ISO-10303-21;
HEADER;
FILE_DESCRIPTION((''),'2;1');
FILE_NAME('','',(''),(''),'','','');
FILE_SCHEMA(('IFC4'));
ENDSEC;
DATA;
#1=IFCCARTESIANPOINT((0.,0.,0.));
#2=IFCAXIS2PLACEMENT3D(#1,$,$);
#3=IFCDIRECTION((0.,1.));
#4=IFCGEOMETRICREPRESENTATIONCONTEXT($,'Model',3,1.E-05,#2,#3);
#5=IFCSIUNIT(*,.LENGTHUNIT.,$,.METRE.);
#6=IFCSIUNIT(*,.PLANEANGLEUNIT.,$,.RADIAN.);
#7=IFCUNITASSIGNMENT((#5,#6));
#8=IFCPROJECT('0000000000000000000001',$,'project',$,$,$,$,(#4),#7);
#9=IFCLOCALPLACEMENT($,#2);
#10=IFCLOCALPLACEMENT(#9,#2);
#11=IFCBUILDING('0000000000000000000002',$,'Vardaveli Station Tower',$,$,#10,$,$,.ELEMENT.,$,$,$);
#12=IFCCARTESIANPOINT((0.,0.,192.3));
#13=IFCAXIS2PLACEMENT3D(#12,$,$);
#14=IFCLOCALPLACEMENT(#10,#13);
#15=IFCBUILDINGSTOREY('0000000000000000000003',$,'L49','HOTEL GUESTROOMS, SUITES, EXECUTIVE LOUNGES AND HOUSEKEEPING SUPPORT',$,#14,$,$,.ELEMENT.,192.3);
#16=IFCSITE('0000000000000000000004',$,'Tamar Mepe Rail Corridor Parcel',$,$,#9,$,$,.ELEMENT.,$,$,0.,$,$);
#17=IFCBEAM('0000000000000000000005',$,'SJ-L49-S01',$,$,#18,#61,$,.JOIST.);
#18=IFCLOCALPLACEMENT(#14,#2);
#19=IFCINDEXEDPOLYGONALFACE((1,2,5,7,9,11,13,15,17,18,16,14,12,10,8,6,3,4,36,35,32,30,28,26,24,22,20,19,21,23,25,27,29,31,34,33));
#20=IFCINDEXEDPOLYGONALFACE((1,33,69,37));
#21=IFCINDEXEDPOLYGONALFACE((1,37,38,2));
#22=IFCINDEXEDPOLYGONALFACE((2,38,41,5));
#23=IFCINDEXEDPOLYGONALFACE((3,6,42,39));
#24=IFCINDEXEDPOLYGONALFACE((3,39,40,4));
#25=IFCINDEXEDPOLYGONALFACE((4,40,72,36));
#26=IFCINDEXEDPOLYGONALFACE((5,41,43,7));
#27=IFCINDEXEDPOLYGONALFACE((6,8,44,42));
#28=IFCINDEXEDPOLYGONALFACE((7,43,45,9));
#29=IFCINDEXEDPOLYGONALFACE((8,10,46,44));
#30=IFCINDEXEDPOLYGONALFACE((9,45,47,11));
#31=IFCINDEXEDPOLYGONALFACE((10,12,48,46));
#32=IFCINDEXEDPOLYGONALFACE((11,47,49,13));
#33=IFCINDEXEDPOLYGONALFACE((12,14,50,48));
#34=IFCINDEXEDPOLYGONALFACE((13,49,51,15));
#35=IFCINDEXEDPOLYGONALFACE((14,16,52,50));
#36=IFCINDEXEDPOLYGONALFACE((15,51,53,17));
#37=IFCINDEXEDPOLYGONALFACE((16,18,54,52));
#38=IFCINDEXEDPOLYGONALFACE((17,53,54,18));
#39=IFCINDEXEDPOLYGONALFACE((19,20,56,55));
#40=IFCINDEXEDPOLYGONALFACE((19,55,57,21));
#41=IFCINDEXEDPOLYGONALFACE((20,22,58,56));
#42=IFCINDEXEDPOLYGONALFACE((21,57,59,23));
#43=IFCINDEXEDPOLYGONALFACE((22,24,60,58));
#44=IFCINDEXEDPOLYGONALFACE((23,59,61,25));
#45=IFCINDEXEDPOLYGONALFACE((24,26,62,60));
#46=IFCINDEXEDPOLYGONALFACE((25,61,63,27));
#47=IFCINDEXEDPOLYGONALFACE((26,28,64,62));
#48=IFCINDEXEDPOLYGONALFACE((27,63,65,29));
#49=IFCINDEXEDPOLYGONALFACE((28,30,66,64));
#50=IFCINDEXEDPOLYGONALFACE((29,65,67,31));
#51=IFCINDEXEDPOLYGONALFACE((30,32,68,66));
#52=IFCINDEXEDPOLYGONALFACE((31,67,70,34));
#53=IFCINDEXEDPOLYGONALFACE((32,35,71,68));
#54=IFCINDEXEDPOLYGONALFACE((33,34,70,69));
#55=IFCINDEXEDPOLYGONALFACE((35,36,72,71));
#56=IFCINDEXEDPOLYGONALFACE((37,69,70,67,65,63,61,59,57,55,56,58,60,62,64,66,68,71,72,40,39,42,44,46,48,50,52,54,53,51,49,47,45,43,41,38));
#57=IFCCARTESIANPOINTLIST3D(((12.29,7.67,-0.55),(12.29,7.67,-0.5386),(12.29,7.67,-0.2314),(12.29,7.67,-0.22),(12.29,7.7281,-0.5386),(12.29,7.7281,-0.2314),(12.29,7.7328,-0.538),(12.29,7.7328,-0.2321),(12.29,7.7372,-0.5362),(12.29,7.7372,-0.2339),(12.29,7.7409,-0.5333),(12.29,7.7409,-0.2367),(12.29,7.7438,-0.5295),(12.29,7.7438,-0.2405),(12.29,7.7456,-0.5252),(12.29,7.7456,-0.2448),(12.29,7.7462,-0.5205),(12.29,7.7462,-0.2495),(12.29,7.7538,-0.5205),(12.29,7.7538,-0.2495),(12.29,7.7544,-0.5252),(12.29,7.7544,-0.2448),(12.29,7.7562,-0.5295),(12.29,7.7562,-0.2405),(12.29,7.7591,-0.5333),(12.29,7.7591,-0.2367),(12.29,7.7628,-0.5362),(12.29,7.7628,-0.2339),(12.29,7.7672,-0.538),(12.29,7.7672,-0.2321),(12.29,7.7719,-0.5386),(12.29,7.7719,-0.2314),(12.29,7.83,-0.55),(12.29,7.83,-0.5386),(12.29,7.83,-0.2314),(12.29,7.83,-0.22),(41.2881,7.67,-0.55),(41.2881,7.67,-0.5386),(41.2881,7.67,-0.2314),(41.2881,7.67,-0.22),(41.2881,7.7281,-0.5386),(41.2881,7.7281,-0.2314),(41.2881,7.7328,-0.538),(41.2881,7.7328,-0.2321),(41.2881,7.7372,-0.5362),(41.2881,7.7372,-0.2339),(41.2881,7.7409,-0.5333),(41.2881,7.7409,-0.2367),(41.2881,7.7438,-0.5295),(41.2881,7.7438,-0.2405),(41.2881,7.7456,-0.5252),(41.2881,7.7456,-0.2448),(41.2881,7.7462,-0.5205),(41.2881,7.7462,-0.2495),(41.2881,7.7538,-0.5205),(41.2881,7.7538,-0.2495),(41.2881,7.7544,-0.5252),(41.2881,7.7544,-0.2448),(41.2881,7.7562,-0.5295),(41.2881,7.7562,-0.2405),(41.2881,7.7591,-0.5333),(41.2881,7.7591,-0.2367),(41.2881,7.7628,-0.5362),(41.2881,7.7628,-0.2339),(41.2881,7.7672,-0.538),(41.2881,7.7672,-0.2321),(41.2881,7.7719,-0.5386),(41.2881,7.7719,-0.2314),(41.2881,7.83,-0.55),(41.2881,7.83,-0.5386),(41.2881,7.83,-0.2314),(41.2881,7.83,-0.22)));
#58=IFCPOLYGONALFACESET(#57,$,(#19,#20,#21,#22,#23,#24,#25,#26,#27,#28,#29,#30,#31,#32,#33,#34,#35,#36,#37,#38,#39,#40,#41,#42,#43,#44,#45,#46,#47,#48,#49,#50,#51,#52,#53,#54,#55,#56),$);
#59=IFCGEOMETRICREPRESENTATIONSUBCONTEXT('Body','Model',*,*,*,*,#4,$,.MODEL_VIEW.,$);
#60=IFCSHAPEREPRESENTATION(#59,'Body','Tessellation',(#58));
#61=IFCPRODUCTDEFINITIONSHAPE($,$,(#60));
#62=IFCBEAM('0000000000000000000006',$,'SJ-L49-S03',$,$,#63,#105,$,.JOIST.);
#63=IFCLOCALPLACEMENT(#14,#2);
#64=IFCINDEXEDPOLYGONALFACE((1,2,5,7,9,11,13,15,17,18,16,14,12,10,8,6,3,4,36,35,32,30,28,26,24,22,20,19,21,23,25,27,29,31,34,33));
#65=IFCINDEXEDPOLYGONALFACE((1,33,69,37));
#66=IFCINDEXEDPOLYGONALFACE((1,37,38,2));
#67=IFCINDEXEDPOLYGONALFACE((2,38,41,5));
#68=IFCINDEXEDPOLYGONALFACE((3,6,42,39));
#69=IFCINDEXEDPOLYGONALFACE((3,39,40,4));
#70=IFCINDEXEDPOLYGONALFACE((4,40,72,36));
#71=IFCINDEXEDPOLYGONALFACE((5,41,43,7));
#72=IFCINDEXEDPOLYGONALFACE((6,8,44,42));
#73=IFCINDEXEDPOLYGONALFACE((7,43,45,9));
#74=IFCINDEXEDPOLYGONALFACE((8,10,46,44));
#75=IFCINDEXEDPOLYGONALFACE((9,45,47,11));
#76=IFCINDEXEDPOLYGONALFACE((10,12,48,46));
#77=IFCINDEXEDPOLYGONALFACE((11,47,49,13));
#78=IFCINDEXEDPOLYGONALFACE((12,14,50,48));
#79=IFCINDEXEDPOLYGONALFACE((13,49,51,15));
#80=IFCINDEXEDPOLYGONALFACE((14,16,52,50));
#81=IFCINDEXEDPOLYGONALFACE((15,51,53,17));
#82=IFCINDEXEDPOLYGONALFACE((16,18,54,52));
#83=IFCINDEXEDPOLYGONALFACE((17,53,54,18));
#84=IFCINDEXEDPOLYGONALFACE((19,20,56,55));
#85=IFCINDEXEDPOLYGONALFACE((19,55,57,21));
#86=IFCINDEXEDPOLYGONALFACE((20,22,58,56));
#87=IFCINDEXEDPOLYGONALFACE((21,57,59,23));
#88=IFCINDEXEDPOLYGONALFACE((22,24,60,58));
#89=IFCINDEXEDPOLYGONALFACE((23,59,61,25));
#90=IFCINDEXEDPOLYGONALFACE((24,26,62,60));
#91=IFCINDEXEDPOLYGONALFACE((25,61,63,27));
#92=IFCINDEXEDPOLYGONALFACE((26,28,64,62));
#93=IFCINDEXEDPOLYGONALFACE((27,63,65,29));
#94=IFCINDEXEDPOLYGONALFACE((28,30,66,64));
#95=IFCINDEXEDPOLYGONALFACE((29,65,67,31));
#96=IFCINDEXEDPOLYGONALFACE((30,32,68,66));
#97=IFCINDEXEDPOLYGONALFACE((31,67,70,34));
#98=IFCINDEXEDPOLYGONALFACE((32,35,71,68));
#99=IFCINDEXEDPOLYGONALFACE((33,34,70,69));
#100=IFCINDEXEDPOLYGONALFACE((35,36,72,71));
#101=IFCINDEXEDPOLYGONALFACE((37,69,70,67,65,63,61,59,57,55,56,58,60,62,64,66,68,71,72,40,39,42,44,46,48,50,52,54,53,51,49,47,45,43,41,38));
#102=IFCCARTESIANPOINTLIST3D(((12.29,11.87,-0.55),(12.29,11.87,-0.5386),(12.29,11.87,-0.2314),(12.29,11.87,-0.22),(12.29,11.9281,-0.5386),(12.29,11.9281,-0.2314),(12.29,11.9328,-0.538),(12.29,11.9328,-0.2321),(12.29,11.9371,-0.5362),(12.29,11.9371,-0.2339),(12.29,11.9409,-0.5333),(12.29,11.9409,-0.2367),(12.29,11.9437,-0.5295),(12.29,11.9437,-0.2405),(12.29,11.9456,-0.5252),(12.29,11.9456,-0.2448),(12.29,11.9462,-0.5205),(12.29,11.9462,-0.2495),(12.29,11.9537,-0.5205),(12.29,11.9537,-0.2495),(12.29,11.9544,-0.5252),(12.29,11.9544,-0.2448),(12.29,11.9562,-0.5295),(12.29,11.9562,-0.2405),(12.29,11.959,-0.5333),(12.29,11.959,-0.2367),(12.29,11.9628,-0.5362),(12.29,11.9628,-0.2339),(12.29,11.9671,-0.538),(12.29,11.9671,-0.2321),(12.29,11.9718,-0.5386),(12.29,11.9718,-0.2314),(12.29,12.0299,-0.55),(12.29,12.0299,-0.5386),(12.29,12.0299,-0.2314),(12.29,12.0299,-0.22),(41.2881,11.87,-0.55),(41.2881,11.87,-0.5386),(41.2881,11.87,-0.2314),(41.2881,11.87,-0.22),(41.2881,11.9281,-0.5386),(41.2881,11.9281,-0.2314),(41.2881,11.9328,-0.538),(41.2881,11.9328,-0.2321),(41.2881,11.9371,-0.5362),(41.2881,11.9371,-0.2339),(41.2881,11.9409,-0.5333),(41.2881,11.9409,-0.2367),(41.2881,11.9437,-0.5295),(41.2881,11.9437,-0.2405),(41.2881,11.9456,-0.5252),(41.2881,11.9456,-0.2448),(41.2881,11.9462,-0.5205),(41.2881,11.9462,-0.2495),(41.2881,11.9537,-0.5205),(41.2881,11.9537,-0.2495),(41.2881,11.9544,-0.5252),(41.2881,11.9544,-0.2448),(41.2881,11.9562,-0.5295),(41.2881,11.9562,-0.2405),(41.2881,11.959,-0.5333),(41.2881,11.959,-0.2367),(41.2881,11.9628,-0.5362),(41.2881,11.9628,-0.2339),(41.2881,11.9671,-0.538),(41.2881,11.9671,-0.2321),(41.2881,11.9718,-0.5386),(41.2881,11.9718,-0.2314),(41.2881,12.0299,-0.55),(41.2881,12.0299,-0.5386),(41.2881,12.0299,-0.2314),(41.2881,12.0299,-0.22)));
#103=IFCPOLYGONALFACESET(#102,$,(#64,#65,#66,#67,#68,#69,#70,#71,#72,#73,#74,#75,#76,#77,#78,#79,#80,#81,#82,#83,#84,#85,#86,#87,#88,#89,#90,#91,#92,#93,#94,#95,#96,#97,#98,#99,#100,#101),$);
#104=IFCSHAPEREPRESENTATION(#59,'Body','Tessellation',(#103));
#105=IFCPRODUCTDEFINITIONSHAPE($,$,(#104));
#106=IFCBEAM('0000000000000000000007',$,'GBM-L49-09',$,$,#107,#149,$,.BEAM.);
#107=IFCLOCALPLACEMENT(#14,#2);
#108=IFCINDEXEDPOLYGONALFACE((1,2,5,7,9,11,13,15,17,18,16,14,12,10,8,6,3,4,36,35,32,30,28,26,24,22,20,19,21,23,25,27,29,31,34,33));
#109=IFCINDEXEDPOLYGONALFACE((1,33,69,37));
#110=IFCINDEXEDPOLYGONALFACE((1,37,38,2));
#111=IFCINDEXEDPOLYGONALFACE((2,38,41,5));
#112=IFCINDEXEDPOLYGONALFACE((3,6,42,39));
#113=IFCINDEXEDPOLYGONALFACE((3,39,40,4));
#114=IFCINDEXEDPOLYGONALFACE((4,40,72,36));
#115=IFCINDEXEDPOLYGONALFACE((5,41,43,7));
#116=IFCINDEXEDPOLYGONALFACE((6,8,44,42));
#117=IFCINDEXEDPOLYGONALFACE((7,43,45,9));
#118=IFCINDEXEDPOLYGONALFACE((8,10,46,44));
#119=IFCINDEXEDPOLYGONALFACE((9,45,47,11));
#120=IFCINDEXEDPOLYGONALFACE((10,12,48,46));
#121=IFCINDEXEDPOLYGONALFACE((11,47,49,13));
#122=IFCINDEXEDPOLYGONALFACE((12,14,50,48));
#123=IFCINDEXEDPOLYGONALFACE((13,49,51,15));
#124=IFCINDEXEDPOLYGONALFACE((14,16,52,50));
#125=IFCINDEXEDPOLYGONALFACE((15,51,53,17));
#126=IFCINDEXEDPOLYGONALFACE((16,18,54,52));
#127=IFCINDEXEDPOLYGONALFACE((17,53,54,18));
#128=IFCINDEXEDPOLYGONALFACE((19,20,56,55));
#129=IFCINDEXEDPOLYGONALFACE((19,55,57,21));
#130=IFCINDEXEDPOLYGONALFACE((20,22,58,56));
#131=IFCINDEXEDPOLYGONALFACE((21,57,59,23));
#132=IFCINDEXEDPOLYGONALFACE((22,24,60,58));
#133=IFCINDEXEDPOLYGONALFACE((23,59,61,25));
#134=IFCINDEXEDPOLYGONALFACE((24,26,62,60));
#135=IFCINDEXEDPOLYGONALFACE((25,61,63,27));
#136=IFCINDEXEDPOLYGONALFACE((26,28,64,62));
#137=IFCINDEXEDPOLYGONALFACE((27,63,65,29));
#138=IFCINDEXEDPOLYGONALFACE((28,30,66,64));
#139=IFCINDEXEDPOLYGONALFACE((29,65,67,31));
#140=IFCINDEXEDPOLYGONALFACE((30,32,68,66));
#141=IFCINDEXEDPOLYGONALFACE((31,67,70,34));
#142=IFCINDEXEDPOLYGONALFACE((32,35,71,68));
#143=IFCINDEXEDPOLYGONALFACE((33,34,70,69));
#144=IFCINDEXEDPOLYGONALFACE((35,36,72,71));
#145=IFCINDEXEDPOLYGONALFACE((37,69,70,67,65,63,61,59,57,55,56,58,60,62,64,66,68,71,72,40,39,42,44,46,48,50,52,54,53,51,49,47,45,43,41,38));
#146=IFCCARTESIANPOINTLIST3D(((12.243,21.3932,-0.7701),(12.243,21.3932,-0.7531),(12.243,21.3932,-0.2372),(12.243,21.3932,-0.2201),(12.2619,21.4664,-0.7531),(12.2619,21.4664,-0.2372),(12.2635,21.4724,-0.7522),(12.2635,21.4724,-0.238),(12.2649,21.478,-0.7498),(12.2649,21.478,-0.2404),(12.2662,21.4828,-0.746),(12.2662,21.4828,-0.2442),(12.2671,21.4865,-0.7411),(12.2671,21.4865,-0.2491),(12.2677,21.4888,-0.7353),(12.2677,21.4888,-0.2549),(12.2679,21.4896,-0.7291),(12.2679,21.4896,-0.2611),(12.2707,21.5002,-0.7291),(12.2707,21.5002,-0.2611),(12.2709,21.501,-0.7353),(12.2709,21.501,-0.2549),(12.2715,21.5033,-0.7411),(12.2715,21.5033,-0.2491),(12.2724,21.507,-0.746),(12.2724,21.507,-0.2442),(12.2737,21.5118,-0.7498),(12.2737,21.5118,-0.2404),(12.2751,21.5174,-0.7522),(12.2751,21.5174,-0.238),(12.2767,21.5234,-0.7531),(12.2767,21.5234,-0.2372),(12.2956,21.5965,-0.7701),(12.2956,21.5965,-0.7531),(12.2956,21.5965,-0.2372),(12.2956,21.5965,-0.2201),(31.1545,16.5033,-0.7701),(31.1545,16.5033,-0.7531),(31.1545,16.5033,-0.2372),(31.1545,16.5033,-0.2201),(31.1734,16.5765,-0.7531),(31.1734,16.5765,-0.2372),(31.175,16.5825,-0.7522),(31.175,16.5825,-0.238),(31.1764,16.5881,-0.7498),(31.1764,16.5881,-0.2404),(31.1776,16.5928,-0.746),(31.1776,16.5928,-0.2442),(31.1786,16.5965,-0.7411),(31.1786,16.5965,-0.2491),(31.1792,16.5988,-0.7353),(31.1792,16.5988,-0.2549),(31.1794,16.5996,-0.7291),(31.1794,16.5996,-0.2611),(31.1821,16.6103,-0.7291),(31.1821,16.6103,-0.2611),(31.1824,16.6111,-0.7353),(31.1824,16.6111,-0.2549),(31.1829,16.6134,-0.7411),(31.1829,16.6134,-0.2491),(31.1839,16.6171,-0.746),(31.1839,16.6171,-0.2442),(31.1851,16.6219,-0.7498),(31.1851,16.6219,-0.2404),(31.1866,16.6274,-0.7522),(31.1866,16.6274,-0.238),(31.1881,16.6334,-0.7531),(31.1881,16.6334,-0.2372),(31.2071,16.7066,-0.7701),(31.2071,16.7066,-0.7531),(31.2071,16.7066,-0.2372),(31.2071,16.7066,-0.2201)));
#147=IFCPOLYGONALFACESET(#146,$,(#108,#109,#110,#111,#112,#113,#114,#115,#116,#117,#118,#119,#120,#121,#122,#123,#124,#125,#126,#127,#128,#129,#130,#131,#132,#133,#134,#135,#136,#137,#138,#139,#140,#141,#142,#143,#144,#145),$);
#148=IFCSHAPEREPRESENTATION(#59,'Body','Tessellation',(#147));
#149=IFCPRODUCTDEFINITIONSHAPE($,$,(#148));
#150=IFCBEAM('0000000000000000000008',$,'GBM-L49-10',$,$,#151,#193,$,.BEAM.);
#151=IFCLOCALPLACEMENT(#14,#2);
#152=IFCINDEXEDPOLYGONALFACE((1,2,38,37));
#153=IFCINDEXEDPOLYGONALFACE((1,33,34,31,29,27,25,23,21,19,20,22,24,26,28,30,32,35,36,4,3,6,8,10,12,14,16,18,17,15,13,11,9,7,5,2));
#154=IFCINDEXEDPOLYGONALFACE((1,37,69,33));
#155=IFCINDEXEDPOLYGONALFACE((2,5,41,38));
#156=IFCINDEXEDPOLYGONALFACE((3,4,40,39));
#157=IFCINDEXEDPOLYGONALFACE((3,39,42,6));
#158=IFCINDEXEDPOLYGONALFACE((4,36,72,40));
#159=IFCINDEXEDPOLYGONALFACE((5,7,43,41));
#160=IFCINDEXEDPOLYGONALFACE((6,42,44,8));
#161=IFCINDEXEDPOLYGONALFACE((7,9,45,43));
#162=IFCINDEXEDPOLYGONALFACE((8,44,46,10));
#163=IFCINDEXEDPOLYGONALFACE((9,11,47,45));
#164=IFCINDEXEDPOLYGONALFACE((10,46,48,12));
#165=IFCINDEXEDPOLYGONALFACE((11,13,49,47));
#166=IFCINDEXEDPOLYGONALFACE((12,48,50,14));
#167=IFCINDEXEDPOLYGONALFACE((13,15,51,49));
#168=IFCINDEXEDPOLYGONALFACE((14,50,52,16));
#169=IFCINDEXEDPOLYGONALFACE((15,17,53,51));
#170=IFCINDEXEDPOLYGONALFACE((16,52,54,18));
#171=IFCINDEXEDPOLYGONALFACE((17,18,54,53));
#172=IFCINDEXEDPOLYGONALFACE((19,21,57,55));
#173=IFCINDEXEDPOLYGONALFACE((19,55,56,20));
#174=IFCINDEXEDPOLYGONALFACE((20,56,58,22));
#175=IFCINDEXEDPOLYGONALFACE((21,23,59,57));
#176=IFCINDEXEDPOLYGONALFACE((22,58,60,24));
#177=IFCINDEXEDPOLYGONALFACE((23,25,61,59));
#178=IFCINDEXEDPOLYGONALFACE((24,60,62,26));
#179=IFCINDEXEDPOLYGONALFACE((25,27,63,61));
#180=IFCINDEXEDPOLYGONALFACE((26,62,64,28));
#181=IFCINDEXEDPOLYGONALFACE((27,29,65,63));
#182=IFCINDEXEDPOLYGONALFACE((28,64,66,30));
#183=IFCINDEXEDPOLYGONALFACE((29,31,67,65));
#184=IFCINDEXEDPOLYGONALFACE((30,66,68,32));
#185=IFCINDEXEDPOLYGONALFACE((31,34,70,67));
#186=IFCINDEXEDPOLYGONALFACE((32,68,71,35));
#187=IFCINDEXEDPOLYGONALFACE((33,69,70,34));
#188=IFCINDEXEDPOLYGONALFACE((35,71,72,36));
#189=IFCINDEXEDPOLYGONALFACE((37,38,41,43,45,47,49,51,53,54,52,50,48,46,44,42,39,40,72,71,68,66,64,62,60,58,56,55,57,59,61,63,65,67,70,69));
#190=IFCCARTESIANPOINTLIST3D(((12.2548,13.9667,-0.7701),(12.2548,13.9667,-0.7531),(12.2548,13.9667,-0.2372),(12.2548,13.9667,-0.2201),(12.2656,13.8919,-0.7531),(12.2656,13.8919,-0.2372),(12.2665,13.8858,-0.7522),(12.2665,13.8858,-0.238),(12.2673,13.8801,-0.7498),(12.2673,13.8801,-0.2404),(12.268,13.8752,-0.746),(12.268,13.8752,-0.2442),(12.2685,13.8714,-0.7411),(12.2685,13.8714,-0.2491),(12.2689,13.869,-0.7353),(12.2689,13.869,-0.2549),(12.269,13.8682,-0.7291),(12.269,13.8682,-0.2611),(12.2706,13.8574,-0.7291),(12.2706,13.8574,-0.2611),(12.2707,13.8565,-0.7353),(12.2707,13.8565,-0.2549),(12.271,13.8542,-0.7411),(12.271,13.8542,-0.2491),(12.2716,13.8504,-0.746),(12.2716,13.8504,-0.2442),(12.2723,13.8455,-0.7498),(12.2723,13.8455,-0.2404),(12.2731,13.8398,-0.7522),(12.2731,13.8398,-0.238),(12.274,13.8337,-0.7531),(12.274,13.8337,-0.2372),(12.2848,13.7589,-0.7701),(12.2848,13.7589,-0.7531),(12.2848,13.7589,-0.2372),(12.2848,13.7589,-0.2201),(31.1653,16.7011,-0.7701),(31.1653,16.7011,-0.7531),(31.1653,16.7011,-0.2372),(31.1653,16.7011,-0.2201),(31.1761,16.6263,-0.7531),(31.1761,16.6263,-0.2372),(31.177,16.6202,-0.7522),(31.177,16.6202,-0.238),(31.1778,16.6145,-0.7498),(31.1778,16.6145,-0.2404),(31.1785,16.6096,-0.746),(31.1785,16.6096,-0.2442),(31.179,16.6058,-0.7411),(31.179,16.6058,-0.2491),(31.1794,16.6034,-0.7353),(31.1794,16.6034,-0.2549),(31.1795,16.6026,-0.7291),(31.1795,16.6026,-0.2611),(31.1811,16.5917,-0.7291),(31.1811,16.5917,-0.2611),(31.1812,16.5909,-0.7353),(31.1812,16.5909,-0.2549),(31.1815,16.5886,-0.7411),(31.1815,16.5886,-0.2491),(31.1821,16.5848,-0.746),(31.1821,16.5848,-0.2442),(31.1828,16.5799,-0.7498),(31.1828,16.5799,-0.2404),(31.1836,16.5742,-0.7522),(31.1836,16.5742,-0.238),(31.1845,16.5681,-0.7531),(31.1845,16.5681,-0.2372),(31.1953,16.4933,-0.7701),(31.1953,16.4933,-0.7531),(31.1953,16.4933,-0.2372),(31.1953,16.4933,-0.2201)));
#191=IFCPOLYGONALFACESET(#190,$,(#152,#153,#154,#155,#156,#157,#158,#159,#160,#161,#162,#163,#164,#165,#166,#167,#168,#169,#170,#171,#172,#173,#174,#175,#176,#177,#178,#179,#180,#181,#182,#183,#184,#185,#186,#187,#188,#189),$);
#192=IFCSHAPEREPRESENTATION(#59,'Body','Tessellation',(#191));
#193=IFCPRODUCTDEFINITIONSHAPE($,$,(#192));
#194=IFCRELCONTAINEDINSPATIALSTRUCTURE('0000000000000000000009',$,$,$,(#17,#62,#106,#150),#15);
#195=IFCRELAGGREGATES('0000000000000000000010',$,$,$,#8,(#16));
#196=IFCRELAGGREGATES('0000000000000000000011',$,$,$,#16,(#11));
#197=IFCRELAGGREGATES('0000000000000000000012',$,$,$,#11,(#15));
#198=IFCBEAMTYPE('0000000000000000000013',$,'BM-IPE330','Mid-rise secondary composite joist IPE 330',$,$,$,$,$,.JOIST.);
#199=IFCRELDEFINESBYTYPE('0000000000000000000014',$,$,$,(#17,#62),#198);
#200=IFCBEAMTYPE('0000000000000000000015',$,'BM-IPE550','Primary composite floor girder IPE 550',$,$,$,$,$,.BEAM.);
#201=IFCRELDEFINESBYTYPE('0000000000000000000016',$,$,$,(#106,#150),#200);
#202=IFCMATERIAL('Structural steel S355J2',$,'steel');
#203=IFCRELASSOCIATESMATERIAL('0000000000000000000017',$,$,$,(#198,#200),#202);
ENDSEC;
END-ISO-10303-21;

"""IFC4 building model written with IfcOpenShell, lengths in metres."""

from ifc_helpers import new_model, si_unit, direction, frame, origin, origin_2d, place, context, subcontext, project, spatial, i_section, extrude, source, transform, mapped, material, material_profile, profile_set, type_object, element, save


model = new_model("IFC4")

# Units and contexts
model_context = context("Model", 3, precision=1e-05, world=origin(), true_north=direction((0.0, 1.0)))
body_context = subcontext(model_context, "Body", "Model", "MODEL_VIEW")
ifc_project = project(units=[si_unit("LENGTHUNIT", "METRE"), si_unit("PLANEANGLEUNIT", "RADIAN")], contexts=[model_context])

# Site, building, storey
site_placement = place(None, origin())
site = spatial("IfcSite", under=ifc_project, at=site_placement, Name="Tamar Mepe Rail Corridor Parcel", CompositionType="ELEMENT", RefElevation=0.0)
building_placement = place(site_placement, origin())
building = spatial("IfcBuilding", under=site, at=building_placement, Name="Vardaveli Station Tower", CompositionType="ELEMENT")
storey_placement = place(building_placement, frame((0.0, 0.0, 192.3)))
storey = spatial("IfcBuildingStorey", under=building, at=storey_placement, Name="L49", Description="HOTEL GUESTROOMS, SUITES, EXECUTIVE LOUNGES AND HOUSEKEEPING SUPPORT", CompositionType="ELEMENT", Elevation=192.3)

# Beams
ifc_material_1 = material(Name="Structural steel S355J2", Category="steel")
ifc_material_profile_1 = material_profile(ifc_material_1, i_section(OverallWidth=0.1599, OverallDepth=0.3301, WebThickness=0.0076, FlangeThickness=0.0115, FilletRadius=0.0181, at=origin_2d()), Name="IPE 330")
ifc_profile_set_1 = profile_set([ifc_material_profile_1], Name="Structural steel S355J2")
beam_type_1 = type_object("IfcBeamType", Name="BM-IPE330", Description="Mid-rise secondary composite joist IPE 330", PredefinedType="JOIST", material=ifc_profile_set_1)
shared_shape_1 = source(origin(), body_context, "Body", "SweptSolid", [
    extrude(i_section(OverallWidth=0.1599, OverallDepth=0.3301, WebThickness=0.0076, FlangeThickness=0.0115, FilletRadius=0.0181, at=origin_2d()), origin(), (0.0, 0.0, 1.0), 28.998),
])
for number, where, z_axis, x_axis, name in (
    (1, (12.29, 7.75, -0.385), (1.0, 0.0, 0.0), (0.0, 1.0, 0.0), "SJ-L49-S01"),
    (2, (12.29, 11.95, -0.385), (1.0, 0.0, 0.0), (0.0, 1.0, 0.0), "SJ-L49-S03"),
):
    element("IfcBeam", number, at=place(storey_placement, frame(where, z_axis=z_axis, x_axis=x_axis)), inside=storey, type_object=beam_type_1, Name=name, PredefinedType="JOIST", context=body_context, shape_type="MappedRepresentation", body=[
        mapped(shared_shape_1, transform((0.0, 0.0, 0.0), scale=1.0)),
    ])
ifc_material_profile_2 = material_profile(ifc_material_1, i_section(OverallWidth=0.21, OverallDepth=0.55, WebThickness=0.011, FlangeThickness=0.0171, FilletRadius=0.0239, at=origin_2d()), Name="IPE 550")
ifc_profile_set_2 = profile_set([ifc_material_profile_2], Name="Structural steel S355J2")
beam_type_2 = type_object("IfcBeamType", Name="BM-IPE550", Description="Primary composite floor girder IPE 550", PredefinedType="BEAM", material=ifc_profile_set_2)
shared_shape_2 = source(origin(), body_context, "Body", "SweptSolid", [
    extrude(i_section(OverallWidth=0.21, OverallDepth=0.55, WebThickness=0.011, FlangeThickness=0.0171, FilletRadius=0.0239, at=origin_2d()), origin(), (0.0, 0.0, 1.0), 19.5334),
])
beam_1_placement = place(storey_placement, frame((12.2693, 21.4949, -0.4951), z_axis=(0.968159, -0.250336, 0.0), x_axis=(0.250336, 0.968159, 0.0)))
element("IfcBeam", 3, at=beam_1_placement, inside=storey, type_object=beam_type_2, Name="GBM-L49-09", PredefinedType="BEAM", context=body_context, shape_type="MappedRepresentation", body=[
    mapped(shared_shape_2, transform((0.0, 0.0, 0.0), scale=1.0)),
])
shared_shape_3 = source(origin(), body_context, "Body", "SweptSolid", [
    extrude(i_section(OverallWidth=0.21, OverallDepth=0.55, WebThickness=0.011, FlangeThickness=0.0171, FilletRadius=0.0239, at=origin_2d()), origin(), (0.0, 0.0, 1.0), 19.1072),
])
beam_2_placement = place(storey_placement, frame((12.2698, 13.8628, -0.4951), z_axis=(0.989707, 0.143108, 0.0), x_axis=(-0.143108, 0.989707, 0.0)))
element("IfcBeam", 4, at=beam_2_placement, inside=storey, type_object=beam_type_2, Name="GBM-L49-10", PredefinedType="BEAM", context=body_context, shape_type="MappedRepresentation", body=[
    mapped(shared_shape_3, transform((0.0, 0.0, 0.0), scale=1.0)),
])

save(model, "model.ifc")
